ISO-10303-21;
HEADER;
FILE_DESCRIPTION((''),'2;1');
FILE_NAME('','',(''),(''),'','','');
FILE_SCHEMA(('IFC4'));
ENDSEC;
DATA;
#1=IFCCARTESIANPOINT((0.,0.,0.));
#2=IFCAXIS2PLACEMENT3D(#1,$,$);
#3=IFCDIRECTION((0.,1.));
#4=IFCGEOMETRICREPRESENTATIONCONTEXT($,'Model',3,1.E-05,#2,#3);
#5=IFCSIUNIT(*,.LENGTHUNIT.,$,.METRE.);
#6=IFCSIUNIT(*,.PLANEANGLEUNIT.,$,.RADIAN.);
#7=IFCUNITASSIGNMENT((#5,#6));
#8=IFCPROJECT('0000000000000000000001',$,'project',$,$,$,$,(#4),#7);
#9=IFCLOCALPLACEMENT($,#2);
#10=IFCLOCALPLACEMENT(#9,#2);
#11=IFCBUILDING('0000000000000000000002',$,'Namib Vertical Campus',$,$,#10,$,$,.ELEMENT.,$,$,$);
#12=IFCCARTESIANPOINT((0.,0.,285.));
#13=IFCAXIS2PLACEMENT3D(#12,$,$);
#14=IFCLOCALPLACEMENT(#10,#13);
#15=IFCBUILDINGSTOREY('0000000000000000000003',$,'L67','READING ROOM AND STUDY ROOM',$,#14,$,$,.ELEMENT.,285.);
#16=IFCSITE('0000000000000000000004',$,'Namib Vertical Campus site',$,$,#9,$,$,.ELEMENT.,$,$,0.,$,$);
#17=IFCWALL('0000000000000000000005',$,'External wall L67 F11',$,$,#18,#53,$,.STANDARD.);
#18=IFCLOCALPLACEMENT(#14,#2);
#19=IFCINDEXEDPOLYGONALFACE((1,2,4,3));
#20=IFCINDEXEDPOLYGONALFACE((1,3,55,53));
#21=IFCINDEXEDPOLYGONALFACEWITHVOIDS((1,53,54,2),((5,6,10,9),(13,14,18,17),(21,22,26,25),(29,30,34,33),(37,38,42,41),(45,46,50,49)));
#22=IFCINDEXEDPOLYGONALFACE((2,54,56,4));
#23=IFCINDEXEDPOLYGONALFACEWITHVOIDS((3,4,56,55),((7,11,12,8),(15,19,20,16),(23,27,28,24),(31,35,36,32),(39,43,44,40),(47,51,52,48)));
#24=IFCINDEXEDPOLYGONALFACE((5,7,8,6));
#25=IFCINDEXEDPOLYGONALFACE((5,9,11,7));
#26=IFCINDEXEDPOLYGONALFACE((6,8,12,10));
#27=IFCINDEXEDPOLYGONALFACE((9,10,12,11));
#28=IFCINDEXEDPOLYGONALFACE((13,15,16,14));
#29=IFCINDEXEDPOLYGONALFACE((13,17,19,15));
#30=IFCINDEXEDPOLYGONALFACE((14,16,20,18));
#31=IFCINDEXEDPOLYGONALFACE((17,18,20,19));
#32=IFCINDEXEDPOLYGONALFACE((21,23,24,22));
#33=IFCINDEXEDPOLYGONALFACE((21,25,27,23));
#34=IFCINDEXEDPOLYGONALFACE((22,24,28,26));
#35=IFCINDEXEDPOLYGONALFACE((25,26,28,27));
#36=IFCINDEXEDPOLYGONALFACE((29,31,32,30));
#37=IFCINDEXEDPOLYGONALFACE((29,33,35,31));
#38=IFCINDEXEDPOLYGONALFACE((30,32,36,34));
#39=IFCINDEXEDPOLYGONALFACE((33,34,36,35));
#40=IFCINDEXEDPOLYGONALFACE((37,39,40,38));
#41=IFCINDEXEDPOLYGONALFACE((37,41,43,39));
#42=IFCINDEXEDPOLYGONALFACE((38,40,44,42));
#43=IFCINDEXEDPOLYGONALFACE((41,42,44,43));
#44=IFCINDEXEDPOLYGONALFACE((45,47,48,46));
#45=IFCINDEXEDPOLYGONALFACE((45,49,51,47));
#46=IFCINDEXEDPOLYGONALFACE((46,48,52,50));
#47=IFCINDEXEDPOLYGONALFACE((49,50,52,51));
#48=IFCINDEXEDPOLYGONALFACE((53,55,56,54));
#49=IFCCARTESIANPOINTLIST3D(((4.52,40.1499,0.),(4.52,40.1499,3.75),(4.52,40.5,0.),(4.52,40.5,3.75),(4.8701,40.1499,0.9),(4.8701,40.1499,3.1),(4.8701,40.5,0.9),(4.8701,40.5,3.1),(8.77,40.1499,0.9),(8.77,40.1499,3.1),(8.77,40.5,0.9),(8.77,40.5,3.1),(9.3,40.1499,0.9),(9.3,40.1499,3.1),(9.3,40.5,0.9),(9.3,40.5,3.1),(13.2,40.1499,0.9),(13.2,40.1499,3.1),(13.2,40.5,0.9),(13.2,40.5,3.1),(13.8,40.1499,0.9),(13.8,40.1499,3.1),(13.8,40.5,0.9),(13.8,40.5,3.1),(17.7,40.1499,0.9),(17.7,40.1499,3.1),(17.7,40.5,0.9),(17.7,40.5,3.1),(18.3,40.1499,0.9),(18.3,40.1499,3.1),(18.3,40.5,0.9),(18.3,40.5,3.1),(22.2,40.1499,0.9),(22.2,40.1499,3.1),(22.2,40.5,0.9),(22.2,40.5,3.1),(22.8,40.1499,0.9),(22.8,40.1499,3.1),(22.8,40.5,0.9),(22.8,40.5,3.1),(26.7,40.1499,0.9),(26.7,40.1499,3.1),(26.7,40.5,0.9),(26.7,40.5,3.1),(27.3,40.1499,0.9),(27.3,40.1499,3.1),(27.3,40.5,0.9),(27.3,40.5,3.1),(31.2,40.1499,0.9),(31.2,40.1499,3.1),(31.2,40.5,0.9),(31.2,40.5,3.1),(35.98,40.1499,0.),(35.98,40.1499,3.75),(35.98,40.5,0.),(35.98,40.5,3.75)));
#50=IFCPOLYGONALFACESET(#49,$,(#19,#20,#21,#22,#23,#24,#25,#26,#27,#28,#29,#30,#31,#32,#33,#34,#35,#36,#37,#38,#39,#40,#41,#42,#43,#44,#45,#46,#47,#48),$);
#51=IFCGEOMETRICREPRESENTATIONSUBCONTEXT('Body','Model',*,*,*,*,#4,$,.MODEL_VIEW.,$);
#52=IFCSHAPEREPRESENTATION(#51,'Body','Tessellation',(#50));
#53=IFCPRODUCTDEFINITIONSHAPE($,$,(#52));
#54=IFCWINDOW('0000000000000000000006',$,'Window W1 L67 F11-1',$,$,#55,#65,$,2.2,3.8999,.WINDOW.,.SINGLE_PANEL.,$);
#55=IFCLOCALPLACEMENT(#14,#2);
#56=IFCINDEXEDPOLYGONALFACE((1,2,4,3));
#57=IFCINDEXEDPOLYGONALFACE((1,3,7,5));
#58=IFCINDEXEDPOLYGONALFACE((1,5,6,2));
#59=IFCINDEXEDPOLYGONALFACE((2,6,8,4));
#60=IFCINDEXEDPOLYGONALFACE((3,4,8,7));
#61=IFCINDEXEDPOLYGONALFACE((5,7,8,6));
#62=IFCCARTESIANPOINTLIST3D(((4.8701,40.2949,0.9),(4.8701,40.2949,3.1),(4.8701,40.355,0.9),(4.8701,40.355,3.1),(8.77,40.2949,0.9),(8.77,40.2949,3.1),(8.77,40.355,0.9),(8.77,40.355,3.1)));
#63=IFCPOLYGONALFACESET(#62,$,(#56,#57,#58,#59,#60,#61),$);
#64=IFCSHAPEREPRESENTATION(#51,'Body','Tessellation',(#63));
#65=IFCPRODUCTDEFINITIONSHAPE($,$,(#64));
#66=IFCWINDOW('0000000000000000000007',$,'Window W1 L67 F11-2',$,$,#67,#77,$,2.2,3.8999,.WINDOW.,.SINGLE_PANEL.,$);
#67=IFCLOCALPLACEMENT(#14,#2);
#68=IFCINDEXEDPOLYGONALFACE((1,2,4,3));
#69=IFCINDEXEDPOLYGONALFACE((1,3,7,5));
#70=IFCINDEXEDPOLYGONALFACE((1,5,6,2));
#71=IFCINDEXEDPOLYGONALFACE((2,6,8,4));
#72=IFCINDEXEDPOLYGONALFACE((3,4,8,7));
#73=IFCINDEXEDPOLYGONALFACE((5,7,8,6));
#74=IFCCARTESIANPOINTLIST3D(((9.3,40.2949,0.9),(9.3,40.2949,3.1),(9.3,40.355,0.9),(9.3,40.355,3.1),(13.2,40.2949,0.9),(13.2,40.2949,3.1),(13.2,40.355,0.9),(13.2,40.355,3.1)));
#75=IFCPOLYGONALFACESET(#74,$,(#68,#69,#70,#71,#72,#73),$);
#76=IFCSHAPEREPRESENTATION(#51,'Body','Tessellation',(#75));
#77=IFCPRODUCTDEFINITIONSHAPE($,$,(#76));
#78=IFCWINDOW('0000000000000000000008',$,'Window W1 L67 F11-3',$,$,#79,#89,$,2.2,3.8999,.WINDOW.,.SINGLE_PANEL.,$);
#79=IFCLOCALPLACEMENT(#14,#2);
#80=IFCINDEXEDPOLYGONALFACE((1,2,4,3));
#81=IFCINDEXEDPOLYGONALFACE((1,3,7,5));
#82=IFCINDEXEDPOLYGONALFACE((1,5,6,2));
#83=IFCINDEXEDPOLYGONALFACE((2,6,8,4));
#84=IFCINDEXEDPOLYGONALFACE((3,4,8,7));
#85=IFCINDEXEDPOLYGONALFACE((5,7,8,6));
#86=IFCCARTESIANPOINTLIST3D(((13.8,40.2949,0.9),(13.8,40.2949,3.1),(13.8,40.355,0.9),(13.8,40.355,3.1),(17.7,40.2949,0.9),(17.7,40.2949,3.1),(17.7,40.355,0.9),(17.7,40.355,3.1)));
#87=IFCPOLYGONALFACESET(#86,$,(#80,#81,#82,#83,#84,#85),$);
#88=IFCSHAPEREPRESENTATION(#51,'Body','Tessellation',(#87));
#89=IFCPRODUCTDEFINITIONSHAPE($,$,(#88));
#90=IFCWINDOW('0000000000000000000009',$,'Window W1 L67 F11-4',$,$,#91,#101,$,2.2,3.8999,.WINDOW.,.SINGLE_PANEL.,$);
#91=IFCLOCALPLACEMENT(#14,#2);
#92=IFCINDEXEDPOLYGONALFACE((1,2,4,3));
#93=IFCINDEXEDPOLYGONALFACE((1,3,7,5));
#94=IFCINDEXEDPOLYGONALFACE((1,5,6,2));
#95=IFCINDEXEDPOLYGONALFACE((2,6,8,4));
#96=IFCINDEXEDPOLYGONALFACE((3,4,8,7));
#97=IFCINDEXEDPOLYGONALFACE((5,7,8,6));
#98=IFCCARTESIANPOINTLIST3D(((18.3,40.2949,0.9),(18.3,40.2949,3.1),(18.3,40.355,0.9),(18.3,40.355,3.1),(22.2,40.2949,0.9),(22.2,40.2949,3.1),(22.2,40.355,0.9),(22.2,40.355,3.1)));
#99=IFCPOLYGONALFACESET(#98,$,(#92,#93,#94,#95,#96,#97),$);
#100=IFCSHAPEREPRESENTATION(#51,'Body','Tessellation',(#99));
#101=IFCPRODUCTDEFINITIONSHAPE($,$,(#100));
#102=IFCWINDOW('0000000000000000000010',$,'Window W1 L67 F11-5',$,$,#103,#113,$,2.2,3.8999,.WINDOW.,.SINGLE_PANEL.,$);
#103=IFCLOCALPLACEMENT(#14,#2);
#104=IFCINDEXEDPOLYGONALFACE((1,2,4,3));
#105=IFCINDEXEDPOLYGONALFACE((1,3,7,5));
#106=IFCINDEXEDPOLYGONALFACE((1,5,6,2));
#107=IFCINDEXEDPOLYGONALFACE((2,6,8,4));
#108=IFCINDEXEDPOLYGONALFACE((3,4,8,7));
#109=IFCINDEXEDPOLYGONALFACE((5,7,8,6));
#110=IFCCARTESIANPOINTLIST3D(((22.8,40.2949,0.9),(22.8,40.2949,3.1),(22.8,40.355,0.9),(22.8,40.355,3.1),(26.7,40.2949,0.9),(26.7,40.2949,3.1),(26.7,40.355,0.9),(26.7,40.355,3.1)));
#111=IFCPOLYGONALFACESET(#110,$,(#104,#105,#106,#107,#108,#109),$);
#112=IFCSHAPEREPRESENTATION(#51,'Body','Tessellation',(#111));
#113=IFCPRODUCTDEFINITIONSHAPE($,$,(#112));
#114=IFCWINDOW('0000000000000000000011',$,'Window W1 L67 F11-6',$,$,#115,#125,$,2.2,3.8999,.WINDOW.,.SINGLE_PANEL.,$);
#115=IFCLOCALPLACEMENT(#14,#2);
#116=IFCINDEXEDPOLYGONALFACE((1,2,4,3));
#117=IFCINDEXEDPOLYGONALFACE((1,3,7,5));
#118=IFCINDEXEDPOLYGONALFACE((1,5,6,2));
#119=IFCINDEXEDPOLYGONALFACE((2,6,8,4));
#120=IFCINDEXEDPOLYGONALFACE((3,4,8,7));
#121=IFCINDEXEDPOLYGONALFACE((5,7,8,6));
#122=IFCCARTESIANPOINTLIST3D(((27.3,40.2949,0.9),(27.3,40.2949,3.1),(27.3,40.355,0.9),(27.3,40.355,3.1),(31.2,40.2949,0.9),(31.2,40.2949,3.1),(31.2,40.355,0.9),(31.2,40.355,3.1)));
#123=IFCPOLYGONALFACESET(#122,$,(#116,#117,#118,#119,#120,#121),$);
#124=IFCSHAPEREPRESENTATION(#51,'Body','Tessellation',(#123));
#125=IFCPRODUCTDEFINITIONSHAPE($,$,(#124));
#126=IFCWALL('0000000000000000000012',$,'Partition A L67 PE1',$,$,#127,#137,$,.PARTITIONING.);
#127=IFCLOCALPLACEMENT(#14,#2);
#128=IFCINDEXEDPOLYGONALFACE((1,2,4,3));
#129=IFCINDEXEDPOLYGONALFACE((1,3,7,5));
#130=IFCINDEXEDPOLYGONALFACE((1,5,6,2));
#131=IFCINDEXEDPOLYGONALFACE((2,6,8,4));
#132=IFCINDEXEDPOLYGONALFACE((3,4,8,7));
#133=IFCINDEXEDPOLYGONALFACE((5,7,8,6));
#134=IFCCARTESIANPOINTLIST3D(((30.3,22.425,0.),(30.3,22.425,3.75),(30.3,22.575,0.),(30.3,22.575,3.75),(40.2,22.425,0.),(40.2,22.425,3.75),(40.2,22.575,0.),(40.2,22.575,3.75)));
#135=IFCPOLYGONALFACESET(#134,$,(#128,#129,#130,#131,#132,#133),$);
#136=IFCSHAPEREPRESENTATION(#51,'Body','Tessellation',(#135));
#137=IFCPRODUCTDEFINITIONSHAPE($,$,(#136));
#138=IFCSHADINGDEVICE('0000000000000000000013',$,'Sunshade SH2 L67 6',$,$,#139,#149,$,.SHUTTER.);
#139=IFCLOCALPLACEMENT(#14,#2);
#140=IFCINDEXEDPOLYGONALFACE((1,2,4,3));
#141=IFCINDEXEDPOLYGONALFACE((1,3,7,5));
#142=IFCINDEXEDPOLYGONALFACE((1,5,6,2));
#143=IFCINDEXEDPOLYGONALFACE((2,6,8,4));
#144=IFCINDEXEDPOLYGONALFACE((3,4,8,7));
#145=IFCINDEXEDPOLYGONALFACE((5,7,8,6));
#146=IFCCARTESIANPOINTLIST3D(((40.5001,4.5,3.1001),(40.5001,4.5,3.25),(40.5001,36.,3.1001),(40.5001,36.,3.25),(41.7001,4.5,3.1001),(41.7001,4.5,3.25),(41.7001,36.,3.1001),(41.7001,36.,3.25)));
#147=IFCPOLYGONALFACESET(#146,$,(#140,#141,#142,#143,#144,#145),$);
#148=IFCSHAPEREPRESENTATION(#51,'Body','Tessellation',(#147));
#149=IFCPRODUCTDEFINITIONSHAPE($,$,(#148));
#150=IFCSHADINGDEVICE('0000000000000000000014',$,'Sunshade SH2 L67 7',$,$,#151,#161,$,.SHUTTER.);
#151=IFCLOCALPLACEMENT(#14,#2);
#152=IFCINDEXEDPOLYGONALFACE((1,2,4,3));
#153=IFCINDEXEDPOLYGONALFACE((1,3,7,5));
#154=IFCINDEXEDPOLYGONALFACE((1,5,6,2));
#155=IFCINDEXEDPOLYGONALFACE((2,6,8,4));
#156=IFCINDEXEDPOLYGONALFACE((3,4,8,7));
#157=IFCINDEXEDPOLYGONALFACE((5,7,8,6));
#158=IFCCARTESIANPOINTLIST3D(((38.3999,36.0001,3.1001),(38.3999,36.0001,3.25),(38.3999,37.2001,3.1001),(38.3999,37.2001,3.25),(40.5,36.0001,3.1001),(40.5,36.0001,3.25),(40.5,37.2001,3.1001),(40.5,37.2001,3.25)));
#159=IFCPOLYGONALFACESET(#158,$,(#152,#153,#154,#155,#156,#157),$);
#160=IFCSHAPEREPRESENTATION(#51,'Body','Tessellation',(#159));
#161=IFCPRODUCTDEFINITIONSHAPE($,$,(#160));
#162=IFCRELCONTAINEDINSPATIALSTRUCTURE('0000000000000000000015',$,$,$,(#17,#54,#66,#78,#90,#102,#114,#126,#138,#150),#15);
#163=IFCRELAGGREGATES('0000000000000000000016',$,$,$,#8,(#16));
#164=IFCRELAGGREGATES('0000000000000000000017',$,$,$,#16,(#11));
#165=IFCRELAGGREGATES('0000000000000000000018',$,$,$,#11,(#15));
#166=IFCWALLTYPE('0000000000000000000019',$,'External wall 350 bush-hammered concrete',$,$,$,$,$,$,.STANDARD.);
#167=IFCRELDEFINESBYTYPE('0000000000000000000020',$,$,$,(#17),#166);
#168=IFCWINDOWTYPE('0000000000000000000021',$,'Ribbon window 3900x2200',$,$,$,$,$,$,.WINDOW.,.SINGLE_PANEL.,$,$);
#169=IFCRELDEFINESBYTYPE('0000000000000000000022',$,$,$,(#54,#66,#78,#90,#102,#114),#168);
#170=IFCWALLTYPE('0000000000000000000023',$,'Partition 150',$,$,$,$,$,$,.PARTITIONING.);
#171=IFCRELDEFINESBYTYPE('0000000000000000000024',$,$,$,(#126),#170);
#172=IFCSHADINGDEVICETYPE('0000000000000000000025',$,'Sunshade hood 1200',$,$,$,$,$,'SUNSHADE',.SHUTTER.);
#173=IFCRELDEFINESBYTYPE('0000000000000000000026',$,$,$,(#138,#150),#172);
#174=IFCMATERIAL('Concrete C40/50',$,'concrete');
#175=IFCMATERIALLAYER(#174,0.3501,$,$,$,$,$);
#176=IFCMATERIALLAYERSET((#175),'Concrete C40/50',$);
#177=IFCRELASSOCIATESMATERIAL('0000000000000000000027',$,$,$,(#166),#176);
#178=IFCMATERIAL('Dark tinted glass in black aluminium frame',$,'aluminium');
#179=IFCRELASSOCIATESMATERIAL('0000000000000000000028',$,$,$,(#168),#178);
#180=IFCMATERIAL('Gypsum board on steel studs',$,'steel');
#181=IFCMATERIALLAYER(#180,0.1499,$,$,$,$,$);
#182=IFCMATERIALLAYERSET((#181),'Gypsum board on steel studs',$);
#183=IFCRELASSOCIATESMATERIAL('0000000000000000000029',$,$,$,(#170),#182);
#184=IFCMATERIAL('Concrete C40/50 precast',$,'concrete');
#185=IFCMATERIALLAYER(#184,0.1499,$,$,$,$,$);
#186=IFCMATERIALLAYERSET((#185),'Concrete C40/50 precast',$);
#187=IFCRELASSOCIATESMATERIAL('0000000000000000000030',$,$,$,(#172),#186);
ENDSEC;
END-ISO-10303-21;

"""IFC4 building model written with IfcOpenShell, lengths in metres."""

from ifc_helpers import new_model, si_unit, direction, frame, frame_2d, origin, origin_2d, place, context, subcontext, project, spatial, rectangle, extrude, material, layer, layer_set, type_object, element, fill, save


model = new_model("IFC4")

# Units and contexts
model_context = context("Model", 3, precision=1e-05, world=origin(), true_north=direction((0.0, 1.0)))
body_context = subcontext(model_context, "Body", "Model", "MODEL_VIEW")
ifc_project = project(units=[si_unit("LENGTHUNIT", "METRE"), si_unit("PLANEANGLEUNIT", "RADIAN")], contexts=[model_context])

# Site, building, storey
site_placement = place(None, origin())
site = spatial("IfcSite", under=ifc_project, at=site_placement, Name="Namib Vertical Campus site", CompositionType="ELEMENT", RefElevation=0.0)
building_placement = place(site_placement, origin())
building = spatial("IfcBuilding", under=site, at=building_placement, Name="Namib Vertical Campus", CompositionType="ELEMENT")
storey_placement = place(building_placement, frame((0.0, 0.0, 285.0)))
storey = spatial("IfcBuildingStorey", under=building, at=storey_placement, Name="L67", Description="READING ROOM AND STUDY ROOM", CompositionType="ELEMENT", Elevation=285.0)

# Shared definitions
ifc_material_1 = material(Name="Concrete C40/50", Category="concrete")
ifc_layer_1 = layer(ifc_material_1, 0.3501)
ifc_layer_set_1 = layer_set([ifc_layer_1], Name="Concrete C40/50")
wall_type_1 = type_object("IfcWallType", Name="External wall 350 bush-hammered concrete", PredefinedType="STANDARD", material=ifc_layer_set_1)

# Wall, openings, windows
wall_1_placement = place(storey_placement, frame((35.98, 40.325, 0.0), z_axis=(0.0, 0.0, 1.0), x_axis=(-1.0, 0.0, 0.0)))
wall_1 = element("IfcWall", 1, at=wall_1_placement, inside=storey, type_object=wall_type_1, Name="External wall L67 F11", PredefinedType="STANDARD", context=body_context, shape_type="SweptSolid", body=[
    extrude(rectangle(XDim=31.46, YDim=0.3501, at=frame_2d((15.73, 0.0))), origin(), (0.0, 0.0, 1.0), 3.75),
])
opening_1_placement = place(wall_1_placement, frame((27.21, 0.0, 0.8999)))
opening_1 = element("IfcOpeningElement", 2, at=opening_1_placement, cuts=wall_1, PredefinedType="OPENING", context=body_context, shape_type="SweptSolid", body=[
    extrude(rectangle(XDim=3.8999, YDim=2.2, at=frame_2d((1.95, 1.1001))), frame((0.0, 0.1851, 0.0), z_axis=(0.0, -1.0, 0.0), x_axis=(1.0, 0.0, 0.0)), (0.0, 0.0, 1.0), 0.3701),
])
opening_2_placement = place(wall_1_placement, frame((22.78, 0.0, 0.8999)))
opening_2 = element("IfcOpeningElement", 3, at=opening_2_placement, cuts=wall_1, PredefinedType="OPENING", context=body_context, shape_type="SweptSolid", body=[
    extrude(rectangle(XDim=3.8999, YDim=2.2, at=frame_2d((1.95, 1.1001))), frame((0.0, 0.1851, 0.0), z_axis=(0.0, -1.0, 0.0), x_axis=(1.0, 0.0, 0.0)), (0.0, 0.0, 1.0), 0.3701),
])
opening_3_placement = place(wall_1_placement, frame((18.28, 0.0, 0.8999)))
opening_3 = element("IfcOpeningElement", 4, at=opening_3_placement, cuts=wall_1, PredefinedType="OPENING", context=body_context, shape_type="SweptSolid", body=[
    extrude(rectangle(XDim=3.8999, YDim=2.2, at=frame_2d((1.95, 1.1001))), frame((0.0, 0.1851, 0.0), z_axis=(0.0, -1.0, 0.0), x_axis=(1.0, 0.0, 0.0)), (0.0, 0.0, 1.0), 0.3701),
])
opening_4_placement = place(wall_1_placement, frame((13.78, 0.0, 0.8999)))
opening_4 = element("IfcOpeningElement", 5, at=opening_4_placement, cuts=wall_1, PredefinedType="OPENING", context=body_context, shape_type="SweptSolid", body=[
    extrude(rectangle(XDim=3.8999, YDim=2.2, at=frame_2d((1.95, 1.1001))), frame((0.0, 0.1851, 0.0), z_axis=(0.0, -1.0, 0.0), x_axis=(1.0, 0.0, 0.0)), (0.0, 0.0, 1.0), 0.3701),
])
opening_5_placement = place(wall_1_placement, frame((9.28, 0.0, 0.8999)))
opening_5 = element("IfcOpeningElement", 6, at=opening_5_placement, cuts=wall_1, PredefinedType="OPENING", context=body_context, shape_type="SweptSolid", body=[
    extrude(rectangle(XDim=3.8999, YDim=2.2, at=frame_2d((1.95, 1.1001))), frame((0.0, 0.1851, 0.0), z_axis=(0.0, -1.0, 0.0), x_axis=(1.0, 0.0, 0.0)), (0.0, 0.0, 1.0), 0.3701),
])
opening_6_placement = place(wall_1_placement, frame((4.78, 0.0, 0.8999)))
opening_6 = element("IfcOpeningElement", 7, at=opening_6_placement, cuts=wall_1, PredefinedType="OPENING", context=body_context, shape_type="SweptSolid", body=[
    extrude(rectangle(XDim=3.8999, YDim=2.2, at=frame_2d((1.95, 1.1001))), frame((0.0, 0.1851, 0.0), z_axis=(0.0, -1.0, 0.0), x_axis=(1.0, 0.0, 0.0)), (0.0, 0.0, 1.0), 0.3701),
])
ifc_material_2 = material(Name="Dark tinted glass in black aluminium frame", Category="aluminium")
window_type = type_object("IfcWindowType", Name="Ribbon window 3900x2200", PartitioningType="SINGLE_PANEL", PredefinedType="WINDOW", material=ifc_material_2)
window_1_placement = place(opening_1_placement, origin())
window_1 = element("IfcWindow", 8, at=window_1_placement, inside=storey, type_object=window_type, Name="Window W1 L67 F11-1", OverallHeight=2.2, OverallWidth=3.8999, PartitioningType="SINGLE_PANEL", PredefinedType="WINDOW", context=body_context, shape_type="SweptSolid", body=[
    extrude(rectangle(XDim=3.8999, YDim=2.2, at=frame_2d((1.95, 1.1001))), frame((0.0, 0.03, 0.0), z_axis=(0.0, -1.0, 0.0), x_axis=(1.0, 0.0, 0.0)), (0.0, 0.0, 1.0), 0.0601),
])
fill(opening_1, window_1)
window_2_placement = place(opening_2_placement, origin())
window_2 = element("IfcWindow", 9, at=window_2_placement, inside=storey, type_object=window_type, Name="Window W1 L67 F11-2", OverallHeight=2.2, OverallWidth=3.8999, PartitioningType="SINGLE_PANEL", PredefinedType="WINDOW", context=body_context, shape_type="SweptSolid", body=[
    extrude(rectangle(XDim=3.8999, YDim=2.2, at=frame_2d((1.95, 1.1001))), frame((0.0, 0.03, 0.0), z_axis=(0.0, -1.0, 0.0), x_axis=(1.0, 0.0, 0.0)), (0.0, 0.0, 1.0), 0.0601),
])
fill(opening_2, window_2)
window_3_placement = place(opening_3_placement, origin())
window_3 = element("IfcWindow", 10, at=window_3_placement, inside=storey, type_object=window_type, Name="Window W1 L67 F11-3", OverallHeight=2.2, OverallWidth=3.8999, PartitioningType="SINGLE_PANEL", PredefinedType="WINDOW", context=body_context, shape_type="SweptSolid", body=[
    extrude(rectangle(XDim=3.8999, YDim=2.2, at=frame_2d((1.95, 1.1001))), frame((0.0, 0.03, 0.0), z_axis=(0.0, -1.0, 0.0), x_axis=(1.0, 0.0, 0.0)), (0.0, 0.0, 1.0), 0.0601),
])
fill(opening_3, window_3)
window_4_placement = place(opening_4_placement, origin())
window_4 = element("IfcWindow", 11, at=window_4_placement, inside=storey, type_object=window_type, Name="Window W1 L67 F11-4", OverallHeight=2.2, OverallWidth=3.8999, PartitioningType="SINGLE_PANEL", PredefinedType="WINDOW", context=body_context, shape_type="SweptSolid", body=[
    extrude(rectangle(XDim=3.8999, YDim=2.2, at=frame_2d((1.95, 1.1001))), frame((0.0, 0.03, 0.0), z_axis=(0.0, -1.0, 0.0), x_axis=(1.0, 0.0, 0.0)), (0.0, 0.0, 1.0), 0.0601),
])
fill(opening_4, window_4)
window_5_placement = place(opening_5_placement, origin())
window_5 = element("IfcWindow", 12, at=window_5_placement, inside=storey, type_object=window_type, Name="Window W1 L67 F11-5", OverallHeight=2.2, OverallWidth=3.8999, PartitioningType="SINGLE_PANEL", PredefinedType="WINDOW", context=body_context, shape_type="SweptSolid", body=[
    extrude(rectangle(XDim=3.8999, YDim=2.2, at=frame_2d((1.95, 1.1001))), frame((0.0, 0.03, 0.0), z_axis=(0.0, -1.0, 0.0), x_axis=(1.0, 0.0, 0.0)), (0.0, 0.0, 1.0), 0.0601),
])
fill(opening_5, window_5)
window_6_placement = place(opening_6_placement, origin())
window_6 = element("IfcWindow", 13, at=window_6_placement, inside=storey, type_object=window_type, Name="Window W1 L67 F11-6", OverallHeight=2.2, OverallWidth=3.8999, PartitioningType="SINGLE_PANEL", PredefinedType="WINDOW", context=body_context, shape_type="SweptSolid", body=[
    extrude(rectangle(XDim=3.8999, YDim=2.2, at=frame_2d((1.95, 1.1001))), frame((0.0, 0.03, 0.0), z_axis=(0.0, -1.0, 0.0), x_axis=(1.0, 0.0, 0.0)), (0.0, 0.0, 1.0), 0.0601),
])
fill(opening_6, window_6)

# Wall
ifc_material_3 = material(Name="Gypsum board on steel studs", Category="steel")
ifc_layer_2 = layer(ifc_material_3, 0.1499)
ifc_layer_set_2 = layer_set([ifc_layer_2], Name="Gypsum board on steel studs")
wall_type_2 = type_object("IfcWallType", Name="Partition 150", PredefinedType="PARTITIONING", material=ifc_layer_set_2)
wall_2_placement = place(storey_placement, frame((30.3, 22.5, 0.0), z_axis=(0.0, 0.0, 1.0), x_axis=(1.0, 0.0, 0.0)))
element("IfcWall", 14, at=wall_2_placement, inside=storey, type_object=wall_type_2, Name="Partition A L67 PE1", PredefinedType="PARTITIONING", context=body_context, shape_type="SweptSolid", body=[
    extrude(rectangle(XDim=9.8999, YDim=0.1499, at=frame_2d((4.95, 0.0))), origin(), (0.0, 0.0, 1.0), 3.75),
])

# Shading devices
ifc_material_4 = material(Name="Concrete C40/50 precast", Category="concrete")
ifc_layer_3 = layer(ifc_material_4, 0.1499)
ifc_layer_set_3 = layer_set([ifc_layer_3], Name="Concrete C40/50 precast")
shading_device_type = type_object("IfcShadingDeviceType", Name="Sunshade hood 1200", ElementType="SUNSHADE", PredefinedType="SHUTTER", material=ifc_layer_set_3)
shading_device_placement = place(storey_placement, frame((41.1001, 20.25, 3.1001), z_axis=(0.0, 0.0, 1.0), x_axis=(0.0, 1.0, 0.0)))
element("IfcShadingDevice", 15, at=shading_device_placement, inside=storey, type_object=shading_device_type, Name="Sunshade SH2 L67 6", PredefinedType="SHUTTER", context=body_context, shape_type="SweptSolid", body=[
    extrude(rectangle(XDim=31.5, YDim=1.2, at=origin_2d()), origin(), (0.0, 0.0, 1.0), 0.1499),
])
for number, where, z_axis, x_axis, name in (
    (16, (39.45, 36.6001, 3.1001), (0.0, 0.0, 1.0), (-1.0, 0.0, 0.0), "Sunshade SH2 L67 7"),
):
    element("IfcShadingDevice", number, at=place(storey_placement, frame(where, z_axis=z_axis, x_axis=x_axis)), inside=storey, type_object=shading_device_type, Name=name, PredefinedType="SHUTTER", context=body_context, shape_type="SweptSolid", body=[
        extrude(rectangle(XDim=2.1001, YDim=1.2, at=origin_2d()), origin(), (0.0, 0.0, 1.0), 0.1499),
    ])

save(model, "model.ifc")
